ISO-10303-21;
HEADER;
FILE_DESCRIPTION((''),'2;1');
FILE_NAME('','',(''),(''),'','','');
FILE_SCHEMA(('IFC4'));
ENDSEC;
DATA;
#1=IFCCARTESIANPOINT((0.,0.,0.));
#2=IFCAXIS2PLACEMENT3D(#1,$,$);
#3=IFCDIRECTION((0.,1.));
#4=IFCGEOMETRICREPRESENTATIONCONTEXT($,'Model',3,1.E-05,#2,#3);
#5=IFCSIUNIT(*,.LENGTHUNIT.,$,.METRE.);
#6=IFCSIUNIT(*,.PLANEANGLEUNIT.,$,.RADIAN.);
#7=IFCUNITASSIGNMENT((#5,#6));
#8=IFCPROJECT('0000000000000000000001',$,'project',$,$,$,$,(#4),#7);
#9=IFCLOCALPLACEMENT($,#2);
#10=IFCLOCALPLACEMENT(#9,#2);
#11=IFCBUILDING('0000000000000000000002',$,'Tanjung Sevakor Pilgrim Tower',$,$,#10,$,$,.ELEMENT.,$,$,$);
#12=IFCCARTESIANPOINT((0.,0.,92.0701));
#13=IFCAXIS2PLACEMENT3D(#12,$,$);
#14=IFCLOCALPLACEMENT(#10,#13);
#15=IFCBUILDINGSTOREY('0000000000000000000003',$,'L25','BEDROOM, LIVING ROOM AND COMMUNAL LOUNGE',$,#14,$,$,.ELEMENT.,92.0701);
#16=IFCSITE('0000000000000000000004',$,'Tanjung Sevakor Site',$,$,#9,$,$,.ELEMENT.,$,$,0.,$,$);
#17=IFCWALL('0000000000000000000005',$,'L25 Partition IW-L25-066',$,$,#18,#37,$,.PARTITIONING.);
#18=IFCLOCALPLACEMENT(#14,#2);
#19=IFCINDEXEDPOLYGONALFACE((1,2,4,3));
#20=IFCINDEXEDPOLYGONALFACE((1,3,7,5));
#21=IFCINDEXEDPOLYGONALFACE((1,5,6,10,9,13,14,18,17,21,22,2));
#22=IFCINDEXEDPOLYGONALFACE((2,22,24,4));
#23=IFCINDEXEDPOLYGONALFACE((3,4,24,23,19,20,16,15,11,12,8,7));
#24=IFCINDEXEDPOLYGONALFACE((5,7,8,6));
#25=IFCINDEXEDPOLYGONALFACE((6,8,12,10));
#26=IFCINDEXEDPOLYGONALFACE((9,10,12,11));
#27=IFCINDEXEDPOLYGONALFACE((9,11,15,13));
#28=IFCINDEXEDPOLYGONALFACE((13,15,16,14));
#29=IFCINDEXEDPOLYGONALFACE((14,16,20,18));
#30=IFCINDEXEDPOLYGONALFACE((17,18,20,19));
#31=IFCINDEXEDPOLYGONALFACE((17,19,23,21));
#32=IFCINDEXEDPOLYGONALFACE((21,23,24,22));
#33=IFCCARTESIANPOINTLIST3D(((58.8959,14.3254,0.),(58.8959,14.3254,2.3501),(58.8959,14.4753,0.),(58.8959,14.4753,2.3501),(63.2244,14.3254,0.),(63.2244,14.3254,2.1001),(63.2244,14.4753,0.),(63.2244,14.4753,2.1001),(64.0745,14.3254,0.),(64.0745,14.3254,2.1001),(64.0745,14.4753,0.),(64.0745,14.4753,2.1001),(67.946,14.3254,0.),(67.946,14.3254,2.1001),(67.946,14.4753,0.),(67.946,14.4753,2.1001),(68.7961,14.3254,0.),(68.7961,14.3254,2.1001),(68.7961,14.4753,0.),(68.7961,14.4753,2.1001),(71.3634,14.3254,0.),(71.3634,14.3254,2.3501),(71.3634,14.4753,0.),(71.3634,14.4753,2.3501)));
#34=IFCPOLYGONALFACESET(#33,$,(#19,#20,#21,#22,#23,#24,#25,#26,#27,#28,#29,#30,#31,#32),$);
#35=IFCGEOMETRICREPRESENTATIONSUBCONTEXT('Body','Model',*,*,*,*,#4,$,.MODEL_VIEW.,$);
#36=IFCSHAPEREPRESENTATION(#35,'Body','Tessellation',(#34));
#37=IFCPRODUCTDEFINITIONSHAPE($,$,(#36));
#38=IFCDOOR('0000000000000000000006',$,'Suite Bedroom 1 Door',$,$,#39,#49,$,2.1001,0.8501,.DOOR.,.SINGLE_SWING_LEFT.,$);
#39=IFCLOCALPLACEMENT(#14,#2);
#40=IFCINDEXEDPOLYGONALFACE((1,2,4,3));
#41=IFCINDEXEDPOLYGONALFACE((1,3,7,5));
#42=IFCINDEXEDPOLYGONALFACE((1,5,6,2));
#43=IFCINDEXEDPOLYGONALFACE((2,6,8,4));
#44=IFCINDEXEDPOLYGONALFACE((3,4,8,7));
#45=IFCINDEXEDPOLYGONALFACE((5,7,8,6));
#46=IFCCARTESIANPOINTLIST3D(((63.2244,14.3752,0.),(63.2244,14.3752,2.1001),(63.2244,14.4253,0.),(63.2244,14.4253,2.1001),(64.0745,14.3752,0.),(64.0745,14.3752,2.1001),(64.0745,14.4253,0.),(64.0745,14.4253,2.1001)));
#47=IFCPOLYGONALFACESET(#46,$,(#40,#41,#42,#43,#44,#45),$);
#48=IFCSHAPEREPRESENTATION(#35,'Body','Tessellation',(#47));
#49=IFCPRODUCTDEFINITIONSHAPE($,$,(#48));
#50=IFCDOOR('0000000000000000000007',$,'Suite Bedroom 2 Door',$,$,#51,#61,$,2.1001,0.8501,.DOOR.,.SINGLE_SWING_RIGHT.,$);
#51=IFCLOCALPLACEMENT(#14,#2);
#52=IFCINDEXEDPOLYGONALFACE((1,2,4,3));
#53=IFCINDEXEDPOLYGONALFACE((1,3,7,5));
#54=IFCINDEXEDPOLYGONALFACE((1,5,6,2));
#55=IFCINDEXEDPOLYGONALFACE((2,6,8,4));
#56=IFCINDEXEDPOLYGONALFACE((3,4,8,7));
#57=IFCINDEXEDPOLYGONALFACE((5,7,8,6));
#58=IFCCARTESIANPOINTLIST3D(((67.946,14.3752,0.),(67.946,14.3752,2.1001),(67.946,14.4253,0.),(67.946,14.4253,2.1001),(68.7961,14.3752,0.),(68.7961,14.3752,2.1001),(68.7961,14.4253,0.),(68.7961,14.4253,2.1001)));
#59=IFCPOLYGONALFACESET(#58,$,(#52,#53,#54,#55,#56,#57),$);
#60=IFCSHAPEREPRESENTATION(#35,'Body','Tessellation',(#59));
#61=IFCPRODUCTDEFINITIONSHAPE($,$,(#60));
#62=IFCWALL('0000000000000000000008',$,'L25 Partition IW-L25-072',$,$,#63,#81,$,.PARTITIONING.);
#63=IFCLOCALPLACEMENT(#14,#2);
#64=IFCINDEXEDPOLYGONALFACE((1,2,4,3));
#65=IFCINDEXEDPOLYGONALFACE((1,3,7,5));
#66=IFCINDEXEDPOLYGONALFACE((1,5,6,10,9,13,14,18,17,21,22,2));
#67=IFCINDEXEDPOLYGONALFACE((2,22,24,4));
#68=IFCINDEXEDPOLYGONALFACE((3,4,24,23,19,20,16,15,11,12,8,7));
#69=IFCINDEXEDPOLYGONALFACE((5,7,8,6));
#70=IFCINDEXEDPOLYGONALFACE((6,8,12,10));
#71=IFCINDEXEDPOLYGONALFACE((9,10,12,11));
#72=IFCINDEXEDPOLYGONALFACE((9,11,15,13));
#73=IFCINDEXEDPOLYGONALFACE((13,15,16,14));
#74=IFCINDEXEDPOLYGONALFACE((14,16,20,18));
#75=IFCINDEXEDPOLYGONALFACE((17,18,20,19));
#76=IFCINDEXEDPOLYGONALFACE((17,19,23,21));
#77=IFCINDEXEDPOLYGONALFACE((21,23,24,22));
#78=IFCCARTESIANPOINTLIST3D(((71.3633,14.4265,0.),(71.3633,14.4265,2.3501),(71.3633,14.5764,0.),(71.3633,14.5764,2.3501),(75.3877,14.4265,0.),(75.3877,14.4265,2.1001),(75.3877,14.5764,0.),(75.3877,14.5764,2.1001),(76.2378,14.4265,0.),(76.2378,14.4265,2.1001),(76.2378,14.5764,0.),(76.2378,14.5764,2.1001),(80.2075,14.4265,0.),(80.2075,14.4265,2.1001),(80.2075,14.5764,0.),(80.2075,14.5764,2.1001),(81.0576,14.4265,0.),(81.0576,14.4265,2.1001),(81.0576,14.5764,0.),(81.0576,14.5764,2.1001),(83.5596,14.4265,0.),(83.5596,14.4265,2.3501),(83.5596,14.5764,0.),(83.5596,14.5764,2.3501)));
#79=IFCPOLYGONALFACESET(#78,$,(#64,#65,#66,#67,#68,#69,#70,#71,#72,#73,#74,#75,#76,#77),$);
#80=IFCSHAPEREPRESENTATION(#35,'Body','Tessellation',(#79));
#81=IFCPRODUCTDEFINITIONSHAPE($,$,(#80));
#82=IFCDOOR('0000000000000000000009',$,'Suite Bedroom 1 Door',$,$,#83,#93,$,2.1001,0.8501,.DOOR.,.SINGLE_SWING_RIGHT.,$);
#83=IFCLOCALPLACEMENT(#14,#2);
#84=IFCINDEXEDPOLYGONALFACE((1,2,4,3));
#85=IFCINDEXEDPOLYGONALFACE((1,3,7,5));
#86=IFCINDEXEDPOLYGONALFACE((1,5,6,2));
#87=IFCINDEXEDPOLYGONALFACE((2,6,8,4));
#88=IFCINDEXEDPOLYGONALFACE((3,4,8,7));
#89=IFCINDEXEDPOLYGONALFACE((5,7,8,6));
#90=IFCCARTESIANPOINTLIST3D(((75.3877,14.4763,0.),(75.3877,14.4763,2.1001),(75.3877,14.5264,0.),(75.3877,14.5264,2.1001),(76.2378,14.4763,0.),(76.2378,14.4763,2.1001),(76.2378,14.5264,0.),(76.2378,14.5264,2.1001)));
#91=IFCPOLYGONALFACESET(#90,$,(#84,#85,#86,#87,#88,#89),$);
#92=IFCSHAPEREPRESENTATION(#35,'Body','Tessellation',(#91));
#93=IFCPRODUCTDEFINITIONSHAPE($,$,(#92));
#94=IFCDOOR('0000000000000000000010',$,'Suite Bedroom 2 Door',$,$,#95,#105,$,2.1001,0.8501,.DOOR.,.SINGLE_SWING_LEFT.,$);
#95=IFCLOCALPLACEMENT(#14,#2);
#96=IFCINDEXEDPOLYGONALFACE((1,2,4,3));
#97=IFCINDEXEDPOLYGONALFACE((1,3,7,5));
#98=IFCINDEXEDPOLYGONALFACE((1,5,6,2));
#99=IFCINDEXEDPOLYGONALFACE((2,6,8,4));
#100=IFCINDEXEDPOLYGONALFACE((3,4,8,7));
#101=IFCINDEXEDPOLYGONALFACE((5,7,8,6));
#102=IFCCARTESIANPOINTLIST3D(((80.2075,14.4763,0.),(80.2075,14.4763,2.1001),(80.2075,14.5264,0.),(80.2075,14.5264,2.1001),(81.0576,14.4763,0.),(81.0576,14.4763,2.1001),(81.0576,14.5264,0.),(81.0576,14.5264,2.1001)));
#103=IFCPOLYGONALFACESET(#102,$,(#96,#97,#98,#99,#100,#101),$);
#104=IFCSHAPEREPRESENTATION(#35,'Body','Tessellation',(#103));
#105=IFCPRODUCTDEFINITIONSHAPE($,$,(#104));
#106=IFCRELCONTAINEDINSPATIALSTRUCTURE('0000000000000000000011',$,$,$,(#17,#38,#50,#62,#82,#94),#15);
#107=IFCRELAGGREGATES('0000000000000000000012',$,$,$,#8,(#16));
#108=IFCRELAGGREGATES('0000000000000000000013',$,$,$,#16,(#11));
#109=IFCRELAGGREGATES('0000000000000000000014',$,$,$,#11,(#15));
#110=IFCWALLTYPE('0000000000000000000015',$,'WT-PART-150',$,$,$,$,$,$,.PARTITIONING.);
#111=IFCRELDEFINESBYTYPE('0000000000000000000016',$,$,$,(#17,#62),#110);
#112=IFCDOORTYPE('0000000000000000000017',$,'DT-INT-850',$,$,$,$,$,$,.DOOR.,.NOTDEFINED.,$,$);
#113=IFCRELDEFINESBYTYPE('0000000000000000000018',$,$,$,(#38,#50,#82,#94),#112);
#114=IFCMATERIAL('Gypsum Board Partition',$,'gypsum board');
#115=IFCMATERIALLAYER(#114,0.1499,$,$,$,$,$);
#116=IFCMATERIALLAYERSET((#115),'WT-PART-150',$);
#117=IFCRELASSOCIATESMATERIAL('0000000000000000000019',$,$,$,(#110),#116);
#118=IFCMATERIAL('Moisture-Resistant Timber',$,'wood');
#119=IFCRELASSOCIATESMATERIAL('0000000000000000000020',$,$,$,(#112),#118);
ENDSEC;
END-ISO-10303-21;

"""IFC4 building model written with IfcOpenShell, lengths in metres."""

from ifc_helpers import new_model, si_unit, direction, frame, frame_2d, origin, place, context, subcontext, project, spatial, rectangle, extrude, material, layer, layer_set, type_object, element, fill, save


model = new_model("IFC4")

# Units and contexts
model_context = context("Model", 3, precision=1e-05, world=origin(), true_north=direction((0.0, 1.0)))
body_context = subcontext(model_context, "Body", "Model", "MODEL_VIEW")
ifc_project = project(units=[si_unit("LENGTHUNIT", "METRE"), si_unit("PLANEANGLEUNIT", "RADIAN")], contexts=[model_context])

# Site, building, storey
site_placement = place(None, origin())
site = spatial("IfcSite", under=ifc_project, at=site_placement, Name="Tanjung Sevakor Site", CompositionType="ELEMENT", RefElevation=0.0)
building_placement = place(site_placement, origin())
building = spatial("IfcBuilding", under=site, at=building_placement, Name="Tanjung Sevakor Pilgrim Tower", CompositionType="ELEMENT")
storey_placement = place(building_placement, frame((0.0, 0.0, 92.0701)))
storey = spatial("IfcBuildingStorey", under=building, at=storey_placement, Name="L25", Description="BEDROOM, LIVING ROOM AND COMMUNAL LOUNGE", CompositionType="ELEMENT", Elevation=92.0701)

# Shared definitions
ifc_material_1 = material(Name="Gypsum Board Partition", Category="gypsum board")
ifc_layer_1 = layer(ifc_material_1, 0.1499)
ifc_layer_set_1 = layer_set([ifc_layer_1], Name="WT-PART-150")
wall_type_1 = type_object("IfcWallType", Name="WT-PART-150", PredefinedType="PARTITIONING", material=ifc_layer_set_1)

# Walls, openings, doors
ifc_material_2 = material(Name="Moisture-Resistant Timber", Category="wood")
door_type_1 = type_object("IfcDoorType", Name="DT-INT-850", OperationType="NOTDEFINED", PredefinedType="DOOR", material=ifc_material_2)
wall_1_placement = place(storey_placement, frame((58.8958, 14.4004, 0.0), z_axis=(0.0, 0.0, 1.0), x_axis=(1.0, 0.0, 0.0)))
wall_1 = element("IfcWall", 1, at=wall_1_placement, inside=storey, type_object=wall_type_1, Name="L25 Partition IW-L25-066", PredefinedType="PARTITIONING", context=body_context, shape_type="SweptSolid", body=[
    extrude(rectangle(XDim=12.4675, YDim=0.1499, at=frame_2d((6.2339, 0.0))), origin(), (0.0, 0.0, 1.0), 2.3501),
])
opening_1_placement = place(wall_1_placement, frame((4.3286, 0.0, 0.0)))
opening_1 = element("IfcOpeningElement", 2, at=opening_1_placement, cuts=wall_1, PredefinedType="OPENING", context=body_context, shape_type="SweptSolid", body=[
    extrude(rectangle(XDim=0.8501, YDim=2.1001, at=frame_2d((0.425, 1.05))), frame((0.0, 0.085, 0.0), z_axis=(0.0, -1.0, 0.0), x_axis=(1.0, 0.0, 0.0)), (0.0, 0.0, 1.0), 0.1699),
])
opening_2_placement = place(wall_1_placement, frame((9.0503, 0.0, 0.0)))
opening_2 = element("IfcOpeningElement", 3, at=opening_2_placement, cuts=wall_1, PredefinedType="OPENING", context=body_context, shape_type="SweptSolid", body=[
    extrude(rectangle(XDim=0.8501, YDim=2.1001, at=frame_2d((0.425, 1.05))), frame((0.0, 0.085, 0.0), z_axis=(0.0, -1.0, 0.0), x_axis=(1.0, 0.0, 0.0)), (0.0, 0.0, 1.0), 0.1699),
])
door_1_placement = place(opening_1_placement, origin())
door_1 = element("IfcDoor", 4, at=door_1_placement, inside=storey, type_object=door_type_1, Name="Suite Bedroom 1 Door", OperationType="SINGLE_SWING_LEFT", OverallHeight=2.1001, OverallWidth=0.8501, PredefinedType="DOOR", context=body_context, shape_type="SweptSolid", body=[
    extrude(rectangle(XDim=0.8501, YDim=2.1001, at=frame_2d((0.425, 1.05))), frame((0.0, 0.0249, 0.0), z_axis=(0.0, -1.0, 0.0), x_axis=(1.0, 0.0, 0.0)), (0.0, 0.0, 1.0), 0.05),
])
fill(opening_1, door_1)
door_2_placement = place(opening_2_placement, origin())
door_2 = element("IfcDoor", 5, at=door_2_placement, inside=storey, type_object=door_type_1, Name="Suite Bedroom 2 Door", OperationType="SINGLE_SWING_RIGHT", OverallHeight=2.1001, OverallWidth=0.8501, PredefinedType="DOOR", context=body_context, shape_type="SweptSolid", body=[
    extrude(rectangle(XDim=0.8501, YDim=2.1001, at=frame_2d((0.425, 1.05))), frame((0.0, 0.0249, 0.0), z_axis=(0.0, -1.0, 0.0), x_axis=(1.0, 0.0, 0.0)), (0.0, 0.0, 1.0), 0.05),
])
fill(opening_2, door_2)
wall_2_placement = place(storey_placement, frame((71.3633, 14.5015, 0.0), z_axis=(0.0, 0.0, 1.0), x_axis=(1.0, 0.0, 0.0)))
wall_2 = element("IfcWall", 6, at=wall_2_placement, inside=storey, type_object=wall_type_1, Name="L25 Partition IW-L25-072", PredefinedType="PARTITIONING", context=body_context, shape_type="SweptSolid", body=[
    extrude(rectangle(XDim=12.1963, YDim=0.1499, at=frame_2d((6.0981, 0.0))), origin(), (0.0, 0.0, 1.0), 2.3501),
])
opening_3_placement = place(wall_2_placement, frame((4.0244, 0.0, 0.0)))
opening_3 = element("IfcOpeningElement", 7, at=opening_3_placement, cuts=wall_2, PredefinedType="OPENING", context=body_context, shape_type="SweptSolid", body=[
    extrude(rectangle(XDim=0.8501, YDim=2.1001, at=frame_2d((0.425, 1.05))), frame((0.0, 0.085, 0.0), z_axis=(0.0, -1.0, 0.0), x_axis=(1.0, 0.0, 0.0)), (0.0, 0.0, 1.0), 0.1699),
])
opening_4_placement = place(wall_2_placement, frame((8.8442, 0.0, 0.0)))
opening_4 = element("IfcOpeningElement", 8, at=opening_4_placement, cuts=wall_2, PredefinedType="OPENING", context=body_context, shape_type="SweptSolid", body=[
    extrude(rectangle(XDim=0.8501, YDim=2.1001, at=frame_2d((0.425, 1.05))), frame((0.0, 0.085, 0.0), z_axis=(0.0, -1.0, 0.0), x_axis=(1.0, 0.0, 0.0)), (0.0, 0.0, 1.0), 0.1699),
])
door_3_placement = place(opening_3_placement, origin())
door_3 = element("IfcDoor", 9, at=door_3_placement, inside=storey, type_object=door_type_1, Name="Suite Bedroom 1 Door", OperationType="SINGLE_SWING_RIGHT", OverallHeight=2.1001, OverallWidth=0.8501, PredefinedType="DOOR", context=body_context, shape_type="SweptSolid", body=[
    extrude(rectangle(XDim=0.8501, YDim=2.1001, at=frame_2d((0.425, 1.05))), frame((0.0, 0.0249, 0.0), z_axis=(0.0, -1.0, 0.0), x_axis=(1.0, 0.0, 0.0)), (0.0, 0.0, 1.0), 0.05),
])
fill(opening_3, door_3)
door_4_placement = place(opening_4_placement, origin())
door_4 = element("IfcDoor", 10, at=door_4_placement, inside=storey, type_object=door_type_1, Name="Suite Bedroom 2 Door", OperationType="SINGLE_SWING_LEFT", OverallHeight=2.1001, OverallWidth=0.8501, PredefinedType="DOOR", context=body_context, shape_type="SweptSolid", body=[
    extrude(rectangle(XDim=0.8501, YDim=2.1001, at=frame_2d((0.425, 1.05))), frame((0.0, 0.0249, 0.0), z_axis=(0.0, -1.0, 0.0), x_axis=(1.0, 0.0, 0.0)), (0.0, 0.0, 1.0), 0.05),
])
fill(opening_4, door_4)

save(model, "model.ifc")
